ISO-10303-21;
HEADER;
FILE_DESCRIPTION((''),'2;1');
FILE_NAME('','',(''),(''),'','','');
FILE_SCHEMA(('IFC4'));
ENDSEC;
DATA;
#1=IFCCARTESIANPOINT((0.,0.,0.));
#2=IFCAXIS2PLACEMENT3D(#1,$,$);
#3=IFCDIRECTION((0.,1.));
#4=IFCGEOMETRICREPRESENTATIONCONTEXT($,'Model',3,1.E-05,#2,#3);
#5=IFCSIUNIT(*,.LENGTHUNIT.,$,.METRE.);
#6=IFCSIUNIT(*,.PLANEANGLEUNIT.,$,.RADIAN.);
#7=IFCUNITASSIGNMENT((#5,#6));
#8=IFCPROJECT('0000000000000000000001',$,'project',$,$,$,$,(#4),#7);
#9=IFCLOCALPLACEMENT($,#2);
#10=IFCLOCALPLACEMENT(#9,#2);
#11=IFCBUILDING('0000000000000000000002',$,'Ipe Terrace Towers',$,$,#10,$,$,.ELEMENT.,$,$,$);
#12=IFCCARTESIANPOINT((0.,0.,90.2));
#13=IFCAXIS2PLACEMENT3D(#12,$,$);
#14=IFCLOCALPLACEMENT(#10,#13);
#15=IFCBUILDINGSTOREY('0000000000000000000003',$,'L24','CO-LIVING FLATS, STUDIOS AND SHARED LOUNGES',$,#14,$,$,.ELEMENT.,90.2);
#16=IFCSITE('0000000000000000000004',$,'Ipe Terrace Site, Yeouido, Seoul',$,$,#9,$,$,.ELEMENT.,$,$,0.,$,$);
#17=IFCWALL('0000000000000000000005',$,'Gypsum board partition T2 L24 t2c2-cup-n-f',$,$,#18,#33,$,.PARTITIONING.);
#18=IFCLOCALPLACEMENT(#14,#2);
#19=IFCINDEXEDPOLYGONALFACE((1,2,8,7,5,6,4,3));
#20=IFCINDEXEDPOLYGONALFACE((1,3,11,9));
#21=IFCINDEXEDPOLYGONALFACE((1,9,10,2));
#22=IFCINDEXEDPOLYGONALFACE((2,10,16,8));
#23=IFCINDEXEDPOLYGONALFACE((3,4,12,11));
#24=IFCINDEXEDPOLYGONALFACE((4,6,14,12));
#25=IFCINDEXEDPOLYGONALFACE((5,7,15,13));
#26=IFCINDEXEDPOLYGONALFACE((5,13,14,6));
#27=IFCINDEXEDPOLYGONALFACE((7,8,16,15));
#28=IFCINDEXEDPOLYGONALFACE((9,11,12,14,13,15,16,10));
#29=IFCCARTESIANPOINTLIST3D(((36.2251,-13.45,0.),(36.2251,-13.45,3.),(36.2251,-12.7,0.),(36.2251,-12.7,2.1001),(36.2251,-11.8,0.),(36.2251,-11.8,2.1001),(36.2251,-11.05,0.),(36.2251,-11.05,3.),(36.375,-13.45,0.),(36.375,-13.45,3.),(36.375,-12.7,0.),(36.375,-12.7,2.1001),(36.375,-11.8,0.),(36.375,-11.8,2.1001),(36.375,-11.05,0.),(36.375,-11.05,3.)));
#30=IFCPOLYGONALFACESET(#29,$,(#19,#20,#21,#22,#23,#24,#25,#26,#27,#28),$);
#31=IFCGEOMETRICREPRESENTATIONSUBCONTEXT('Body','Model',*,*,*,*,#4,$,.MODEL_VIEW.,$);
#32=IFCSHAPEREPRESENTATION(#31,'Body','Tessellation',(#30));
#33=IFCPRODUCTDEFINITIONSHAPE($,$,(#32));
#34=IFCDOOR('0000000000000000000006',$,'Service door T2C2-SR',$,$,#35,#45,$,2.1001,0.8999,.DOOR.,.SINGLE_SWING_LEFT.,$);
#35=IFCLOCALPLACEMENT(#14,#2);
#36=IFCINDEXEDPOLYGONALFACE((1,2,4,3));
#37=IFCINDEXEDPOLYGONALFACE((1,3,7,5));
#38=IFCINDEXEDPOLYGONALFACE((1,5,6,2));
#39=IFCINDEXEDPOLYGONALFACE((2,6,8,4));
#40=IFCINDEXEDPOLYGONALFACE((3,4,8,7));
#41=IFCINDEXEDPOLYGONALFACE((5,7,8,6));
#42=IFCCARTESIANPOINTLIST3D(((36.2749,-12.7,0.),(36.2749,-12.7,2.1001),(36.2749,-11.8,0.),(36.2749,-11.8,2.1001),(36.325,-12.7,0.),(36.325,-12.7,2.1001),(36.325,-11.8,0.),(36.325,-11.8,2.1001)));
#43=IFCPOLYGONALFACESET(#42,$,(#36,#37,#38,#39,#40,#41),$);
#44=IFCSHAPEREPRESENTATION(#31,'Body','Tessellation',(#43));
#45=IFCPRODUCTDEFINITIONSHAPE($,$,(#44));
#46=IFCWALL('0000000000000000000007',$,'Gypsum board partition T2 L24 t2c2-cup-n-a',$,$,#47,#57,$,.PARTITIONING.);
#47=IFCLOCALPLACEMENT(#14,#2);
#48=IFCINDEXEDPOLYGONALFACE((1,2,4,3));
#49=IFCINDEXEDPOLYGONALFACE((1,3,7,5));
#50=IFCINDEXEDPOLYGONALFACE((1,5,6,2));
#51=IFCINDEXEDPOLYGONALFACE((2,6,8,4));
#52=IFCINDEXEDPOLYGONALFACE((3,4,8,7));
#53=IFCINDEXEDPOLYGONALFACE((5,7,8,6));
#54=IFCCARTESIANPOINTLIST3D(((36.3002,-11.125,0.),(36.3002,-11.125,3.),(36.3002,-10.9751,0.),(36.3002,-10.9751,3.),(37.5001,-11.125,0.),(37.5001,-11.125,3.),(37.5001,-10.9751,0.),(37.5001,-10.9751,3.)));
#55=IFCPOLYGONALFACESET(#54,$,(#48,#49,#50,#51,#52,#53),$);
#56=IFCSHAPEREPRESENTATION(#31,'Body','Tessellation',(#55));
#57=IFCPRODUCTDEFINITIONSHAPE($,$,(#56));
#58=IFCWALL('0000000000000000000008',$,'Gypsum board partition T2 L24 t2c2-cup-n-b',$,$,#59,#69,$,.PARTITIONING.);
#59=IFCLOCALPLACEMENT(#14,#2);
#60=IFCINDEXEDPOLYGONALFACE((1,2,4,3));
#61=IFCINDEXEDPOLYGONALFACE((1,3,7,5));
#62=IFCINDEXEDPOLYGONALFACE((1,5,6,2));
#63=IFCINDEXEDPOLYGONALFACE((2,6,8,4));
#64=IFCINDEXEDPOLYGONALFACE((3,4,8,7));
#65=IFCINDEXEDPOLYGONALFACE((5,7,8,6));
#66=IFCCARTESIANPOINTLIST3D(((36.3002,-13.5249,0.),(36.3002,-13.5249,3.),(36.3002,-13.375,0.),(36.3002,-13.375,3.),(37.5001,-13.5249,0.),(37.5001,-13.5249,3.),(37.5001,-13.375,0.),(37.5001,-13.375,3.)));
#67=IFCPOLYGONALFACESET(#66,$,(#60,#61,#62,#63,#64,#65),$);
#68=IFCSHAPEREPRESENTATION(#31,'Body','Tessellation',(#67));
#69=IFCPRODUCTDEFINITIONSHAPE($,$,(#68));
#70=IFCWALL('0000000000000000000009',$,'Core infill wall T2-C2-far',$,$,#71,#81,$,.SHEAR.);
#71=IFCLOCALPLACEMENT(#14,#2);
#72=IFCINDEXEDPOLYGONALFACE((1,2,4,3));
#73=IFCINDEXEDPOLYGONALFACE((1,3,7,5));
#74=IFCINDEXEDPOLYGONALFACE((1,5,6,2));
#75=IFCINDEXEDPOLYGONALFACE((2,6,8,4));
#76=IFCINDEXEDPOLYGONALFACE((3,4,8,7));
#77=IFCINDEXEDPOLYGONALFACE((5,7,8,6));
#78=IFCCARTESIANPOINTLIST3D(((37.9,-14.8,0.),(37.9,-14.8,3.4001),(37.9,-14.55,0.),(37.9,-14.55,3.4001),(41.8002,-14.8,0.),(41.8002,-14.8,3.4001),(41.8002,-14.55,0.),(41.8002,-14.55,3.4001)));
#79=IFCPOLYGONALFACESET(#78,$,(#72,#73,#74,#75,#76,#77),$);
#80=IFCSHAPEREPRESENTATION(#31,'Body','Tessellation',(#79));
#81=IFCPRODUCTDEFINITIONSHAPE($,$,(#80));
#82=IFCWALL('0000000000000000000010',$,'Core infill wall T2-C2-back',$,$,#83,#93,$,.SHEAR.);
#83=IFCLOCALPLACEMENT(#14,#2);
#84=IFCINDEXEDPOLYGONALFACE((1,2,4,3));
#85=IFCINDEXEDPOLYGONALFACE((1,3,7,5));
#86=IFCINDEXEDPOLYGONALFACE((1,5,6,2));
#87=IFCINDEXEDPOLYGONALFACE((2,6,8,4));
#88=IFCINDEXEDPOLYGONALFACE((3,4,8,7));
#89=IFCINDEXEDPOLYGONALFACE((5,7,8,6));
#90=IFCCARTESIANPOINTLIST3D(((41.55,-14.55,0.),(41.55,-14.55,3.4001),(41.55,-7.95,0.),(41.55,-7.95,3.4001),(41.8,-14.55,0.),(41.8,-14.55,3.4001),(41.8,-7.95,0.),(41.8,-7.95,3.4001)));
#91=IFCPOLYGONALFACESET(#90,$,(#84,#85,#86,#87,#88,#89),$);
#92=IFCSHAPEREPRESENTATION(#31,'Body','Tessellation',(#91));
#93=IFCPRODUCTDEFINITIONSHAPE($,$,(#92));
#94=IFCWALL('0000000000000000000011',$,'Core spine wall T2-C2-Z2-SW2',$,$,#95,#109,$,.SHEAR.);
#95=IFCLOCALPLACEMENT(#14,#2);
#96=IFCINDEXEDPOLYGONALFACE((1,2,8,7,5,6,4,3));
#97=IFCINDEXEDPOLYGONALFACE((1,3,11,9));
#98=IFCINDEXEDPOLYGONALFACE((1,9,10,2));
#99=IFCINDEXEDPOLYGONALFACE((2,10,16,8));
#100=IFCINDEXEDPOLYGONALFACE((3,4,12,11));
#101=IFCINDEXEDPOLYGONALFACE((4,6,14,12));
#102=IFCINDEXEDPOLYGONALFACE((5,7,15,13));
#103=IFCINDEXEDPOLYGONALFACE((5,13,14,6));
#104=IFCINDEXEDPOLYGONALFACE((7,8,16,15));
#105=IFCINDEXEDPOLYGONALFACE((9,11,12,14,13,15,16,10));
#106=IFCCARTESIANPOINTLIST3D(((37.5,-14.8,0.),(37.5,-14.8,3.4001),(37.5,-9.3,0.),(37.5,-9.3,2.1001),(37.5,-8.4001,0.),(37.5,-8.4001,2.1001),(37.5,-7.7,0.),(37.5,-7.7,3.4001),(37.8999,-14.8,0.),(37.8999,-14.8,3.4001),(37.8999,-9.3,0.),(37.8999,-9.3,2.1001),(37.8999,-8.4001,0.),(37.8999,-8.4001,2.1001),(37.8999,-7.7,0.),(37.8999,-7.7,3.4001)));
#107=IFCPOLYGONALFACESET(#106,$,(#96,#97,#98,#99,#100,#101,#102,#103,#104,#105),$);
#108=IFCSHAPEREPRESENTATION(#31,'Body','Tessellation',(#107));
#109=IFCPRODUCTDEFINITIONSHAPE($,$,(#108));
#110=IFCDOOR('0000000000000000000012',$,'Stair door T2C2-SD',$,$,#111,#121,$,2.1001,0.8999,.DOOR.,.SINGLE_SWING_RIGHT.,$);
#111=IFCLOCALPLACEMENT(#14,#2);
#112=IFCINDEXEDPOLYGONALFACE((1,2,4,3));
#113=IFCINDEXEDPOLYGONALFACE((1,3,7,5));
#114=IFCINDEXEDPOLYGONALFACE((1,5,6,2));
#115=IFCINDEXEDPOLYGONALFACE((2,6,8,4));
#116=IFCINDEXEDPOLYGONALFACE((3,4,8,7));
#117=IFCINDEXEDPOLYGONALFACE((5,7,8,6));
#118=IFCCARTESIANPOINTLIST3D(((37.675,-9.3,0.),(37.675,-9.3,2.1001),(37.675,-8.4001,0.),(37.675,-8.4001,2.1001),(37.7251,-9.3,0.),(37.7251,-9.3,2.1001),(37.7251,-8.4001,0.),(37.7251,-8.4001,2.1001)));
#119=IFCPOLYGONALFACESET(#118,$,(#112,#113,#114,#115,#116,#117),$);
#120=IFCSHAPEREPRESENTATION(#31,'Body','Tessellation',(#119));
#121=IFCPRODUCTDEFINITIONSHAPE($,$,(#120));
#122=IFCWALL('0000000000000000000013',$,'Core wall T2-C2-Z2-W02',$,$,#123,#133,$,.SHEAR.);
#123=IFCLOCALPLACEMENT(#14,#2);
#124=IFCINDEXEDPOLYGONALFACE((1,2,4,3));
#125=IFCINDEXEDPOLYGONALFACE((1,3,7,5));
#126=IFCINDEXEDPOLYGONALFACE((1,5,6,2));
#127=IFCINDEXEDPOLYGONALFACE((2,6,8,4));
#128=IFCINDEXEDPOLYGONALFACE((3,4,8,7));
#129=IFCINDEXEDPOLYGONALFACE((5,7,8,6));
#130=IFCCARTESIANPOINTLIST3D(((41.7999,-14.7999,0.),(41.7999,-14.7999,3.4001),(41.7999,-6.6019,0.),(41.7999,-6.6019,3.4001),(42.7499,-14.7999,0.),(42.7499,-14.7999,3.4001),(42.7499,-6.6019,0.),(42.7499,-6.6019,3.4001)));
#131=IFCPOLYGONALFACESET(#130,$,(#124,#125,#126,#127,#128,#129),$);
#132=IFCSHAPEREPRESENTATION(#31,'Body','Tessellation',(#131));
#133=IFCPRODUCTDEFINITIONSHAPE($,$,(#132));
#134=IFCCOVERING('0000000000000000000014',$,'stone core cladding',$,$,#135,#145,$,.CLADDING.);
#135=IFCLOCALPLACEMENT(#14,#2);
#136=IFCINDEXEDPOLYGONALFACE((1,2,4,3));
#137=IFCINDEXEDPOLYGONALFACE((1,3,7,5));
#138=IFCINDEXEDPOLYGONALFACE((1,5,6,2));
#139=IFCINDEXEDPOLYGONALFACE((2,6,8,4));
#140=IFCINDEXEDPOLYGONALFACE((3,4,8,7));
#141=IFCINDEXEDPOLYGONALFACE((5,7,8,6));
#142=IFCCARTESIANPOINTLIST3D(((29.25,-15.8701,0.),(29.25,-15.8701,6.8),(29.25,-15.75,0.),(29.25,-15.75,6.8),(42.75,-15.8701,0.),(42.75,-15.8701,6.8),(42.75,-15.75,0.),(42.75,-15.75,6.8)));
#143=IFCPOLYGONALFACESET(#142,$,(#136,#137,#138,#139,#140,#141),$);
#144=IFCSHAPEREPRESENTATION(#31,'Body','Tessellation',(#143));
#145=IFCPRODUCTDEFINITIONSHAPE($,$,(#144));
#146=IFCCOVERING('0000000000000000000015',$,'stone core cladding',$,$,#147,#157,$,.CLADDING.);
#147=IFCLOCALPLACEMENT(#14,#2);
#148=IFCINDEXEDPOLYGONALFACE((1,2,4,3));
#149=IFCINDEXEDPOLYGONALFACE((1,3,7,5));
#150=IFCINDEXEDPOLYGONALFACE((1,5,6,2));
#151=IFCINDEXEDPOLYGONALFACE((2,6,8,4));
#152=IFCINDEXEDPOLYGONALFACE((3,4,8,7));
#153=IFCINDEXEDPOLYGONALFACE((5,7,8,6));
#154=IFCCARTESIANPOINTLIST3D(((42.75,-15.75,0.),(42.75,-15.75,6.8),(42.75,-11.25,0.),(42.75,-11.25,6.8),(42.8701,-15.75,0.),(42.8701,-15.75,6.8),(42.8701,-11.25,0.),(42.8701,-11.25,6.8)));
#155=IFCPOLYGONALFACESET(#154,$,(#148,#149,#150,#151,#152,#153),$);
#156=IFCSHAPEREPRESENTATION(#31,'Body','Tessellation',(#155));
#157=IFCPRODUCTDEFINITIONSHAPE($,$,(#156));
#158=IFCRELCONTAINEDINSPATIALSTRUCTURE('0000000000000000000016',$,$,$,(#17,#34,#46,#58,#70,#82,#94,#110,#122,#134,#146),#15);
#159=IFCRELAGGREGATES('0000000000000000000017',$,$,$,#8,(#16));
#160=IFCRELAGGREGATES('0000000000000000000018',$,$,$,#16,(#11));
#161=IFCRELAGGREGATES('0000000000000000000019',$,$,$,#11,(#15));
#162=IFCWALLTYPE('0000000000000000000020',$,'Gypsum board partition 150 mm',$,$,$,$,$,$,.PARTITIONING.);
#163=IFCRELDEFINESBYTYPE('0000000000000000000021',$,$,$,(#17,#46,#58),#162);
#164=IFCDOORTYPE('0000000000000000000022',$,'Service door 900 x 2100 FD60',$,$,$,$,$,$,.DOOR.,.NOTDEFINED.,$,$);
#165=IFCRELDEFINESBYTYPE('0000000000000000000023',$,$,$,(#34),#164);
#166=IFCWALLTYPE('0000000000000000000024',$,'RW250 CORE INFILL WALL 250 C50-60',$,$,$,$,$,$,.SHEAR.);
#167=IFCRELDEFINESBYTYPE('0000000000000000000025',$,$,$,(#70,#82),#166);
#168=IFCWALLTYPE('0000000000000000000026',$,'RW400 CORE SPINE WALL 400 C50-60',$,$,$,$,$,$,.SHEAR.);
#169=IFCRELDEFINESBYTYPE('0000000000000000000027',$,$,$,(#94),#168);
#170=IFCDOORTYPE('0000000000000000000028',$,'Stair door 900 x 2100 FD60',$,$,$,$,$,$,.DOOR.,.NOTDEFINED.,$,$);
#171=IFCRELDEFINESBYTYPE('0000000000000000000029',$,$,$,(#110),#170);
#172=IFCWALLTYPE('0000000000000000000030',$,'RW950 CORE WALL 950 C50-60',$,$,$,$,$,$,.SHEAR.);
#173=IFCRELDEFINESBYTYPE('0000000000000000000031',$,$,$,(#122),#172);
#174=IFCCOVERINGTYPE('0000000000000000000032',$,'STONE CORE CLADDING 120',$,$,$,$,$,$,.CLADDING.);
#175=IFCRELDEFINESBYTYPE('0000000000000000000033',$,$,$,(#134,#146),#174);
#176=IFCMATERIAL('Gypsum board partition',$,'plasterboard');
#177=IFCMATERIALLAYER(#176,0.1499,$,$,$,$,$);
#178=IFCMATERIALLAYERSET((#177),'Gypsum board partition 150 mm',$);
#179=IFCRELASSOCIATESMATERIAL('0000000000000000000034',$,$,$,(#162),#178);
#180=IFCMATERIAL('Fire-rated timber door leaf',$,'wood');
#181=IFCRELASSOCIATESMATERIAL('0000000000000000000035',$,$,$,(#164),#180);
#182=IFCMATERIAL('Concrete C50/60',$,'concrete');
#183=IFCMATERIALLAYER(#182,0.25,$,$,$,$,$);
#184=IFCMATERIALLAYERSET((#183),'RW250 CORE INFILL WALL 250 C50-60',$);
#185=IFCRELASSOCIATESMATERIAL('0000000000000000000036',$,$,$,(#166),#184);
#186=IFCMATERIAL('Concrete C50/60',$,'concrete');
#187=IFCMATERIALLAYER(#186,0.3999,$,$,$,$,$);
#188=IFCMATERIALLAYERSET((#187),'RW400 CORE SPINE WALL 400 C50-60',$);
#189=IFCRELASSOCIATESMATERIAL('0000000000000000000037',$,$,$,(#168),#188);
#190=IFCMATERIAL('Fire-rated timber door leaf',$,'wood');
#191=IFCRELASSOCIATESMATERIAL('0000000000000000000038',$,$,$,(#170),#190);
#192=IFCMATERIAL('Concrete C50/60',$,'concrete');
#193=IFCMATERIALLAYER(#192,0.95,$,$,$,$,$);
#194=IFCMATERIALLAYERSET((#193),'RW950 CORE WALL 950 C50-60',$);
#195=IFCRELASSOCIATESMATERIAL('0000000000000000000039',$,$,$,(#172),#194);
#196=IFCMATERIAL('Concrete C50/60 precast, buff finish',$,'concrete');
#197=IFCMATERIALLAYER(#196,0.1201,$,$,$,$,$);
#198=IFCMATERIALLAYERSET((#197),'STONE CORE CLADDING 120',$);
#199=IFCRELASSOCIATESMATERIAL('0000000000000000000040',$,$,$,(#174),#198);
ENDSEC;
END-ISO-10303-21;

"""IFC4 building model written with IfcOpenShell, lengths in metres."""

from ifc_helpers import new_model, si_unit, direction, frame, frame_2d, origin, origin_2d, place, context, subcontext, project, spatial, rectangle, extrude, material, layer, layer_set, type_object, element, fill, save


model = new_model("IFC4")

# Units and contexts
model_context = context("Model", 3, precision=1e-05, world=origin(), true_north=direction((0.0, 1.0)))
body_context = subcontext(model_context, "Body", "Model", "MODEL_VIEW")
ifc_project = project(units=[si_unit("LENGTHUNIT", "METRE"), si_unit("PLANEANGLEUNIT", "RADIAN")], contexts=[model_context])

# Site, building, storey
site_placement = place(None, origin())
site = spatial("IfcSite", under=ifc_project, at=site_placement, Name="Ipe Terrace Site, Yeouido, Seoul", CompositionType="ELEMENT", RefElevation=0.0)
building_placement = place(site_placement, origin())
building = spatial("IfcBuilding", under=site, at=building_placement, Name="Ipe Terrace Towers", CompositionType="ELEMENT")
storey_placement = place(building_placement, frame((0.0, 0.0, 90.2)))
storey = spatial("IfcBuildingStorey", under=building, at=storey_placement, Name="L24", Description="CO-LIVING FLATS, STUDIOS AND SHARED LOUNGES", CompositionType="ELEMENT", Elevation=90.2)

# Wall, opening, door
ifc_material_1 = material(Name="Gypsum board partition", Category="plasterboard")
ifc_layer_1 = layer(ifc_material_1, 0.1499)
ifc_layer_set_1 = layer_set([ifc_layer_1], Name="Gypsum board partition 150 mm")
wall_type_1 = type_object("IfcWallType", Name="Gypsum board partition 150 mm", PredefinedType="PARTITIONING", material=ifc_layer_set_1)
wall_1_placement = place(storey_placement, frame((36.3, -11.05, 0.0), z_axis=(0.0, 0.0, 1.0), x_axis=(0.0, -1.0, 0.0)))
wall_1 = element("IfcWall", 1, at=wall_1_placement, inside=storey, type_object=wall_type_1, Name="Gypsum board partition T2 L24 t2c2-cup-n-f", PredefinedType="PARTITIONING", context=body_context, shape_type="SweptSolid", body=[
    extrude(rectangle(XDim=2.3999, YDim=0.1499, at=frame_2d((1.2, 0.0))), origin(), (0.0, 0.0, 1.0), 3.0),
])
opening_1_placement = place(wall_1_placement, frame((0.75, 0.0, 0.0)))
opening_1 = element("IfcOpeningElement", 2, at=opening_1_placement, cuts=wall_1, PredefinedType="OPENING", context=body_context, shape_type="SweptSolid", body=[
    extrude(rectangle(XDim=0.8999, YDim=2.1001, at=frame_2d((0.45, 1.05))), frame((0.0, 0.085, 0.0), z_axis=(0.0, -1.0, 0.0), x_axis=(1.0, 0.0, 0.0)), (0.0, 0.0, 1.0), 0.1699),
])
ifc_material_2 = material(Name="Fire-rated timber door leaf", Category="wood")
door_type_1 = type_object("IfcDoorType", Name="Service door 900 x 2100 FD60", OperationType="NOTDEFINED", PredefinedType="DOOR", material=ifc_material_2)
door_1_placement = place(opening_1_placement, origin())
door_1 = element("IfcDoor", 3, at=door_1_placement, inside=storey, type_object=door_type_1, Name="Service door T2C2-SR", OperationType="SINGLE_SWING_LEFT", OverallHeight=2.1001, OverallWidth=0.8999, PredefinedType="DOOR", context=body_context, shape_type="SweptSolid", body=[
    extrude(rectangle(XDim=0.8999, YDim=2.1001, at=frame_2d((0.45, 1.05))), frame((0.0, 0.0249, 0.0), z_axis=(0.0, -1.0, 0.0), x_axis=(1.0, 0.0, 0.0)), (0.0, 0.0, 1.0), 0.05),
])
fill(opening_1, door_1)

# Walls
for number, where, z_axis, x_axis, name in (
    (4, (36.3, -11.05, 0.0), (0.0, 0.0, 1.0), (1.0, 0.0, 0.0), "Gypsum board partition T2 L24 t2c2-cup-n-a"),
    (5, (36.3, -13.45, 0.0), (0.0, 0.0, 1.0), (1.0, 0.0, 0.0), "Gypsum board partition T2 L24 t2c2-cup-n-b"),
):
    element("IfcWall", number, at=place(storey_placement, frame(where, z_axis=z_axis, x_axis=x_axis)), inside=storey, type_object=wall_type_1, Name=name, PredefinedType="PARTITIONING", context=body_context, shape_type="SweptSolid", body=[
        extrude(rectangle(XDim=1.2, YDim=0.1499, at=frame_2d((0.6001, 0.0))), origin(), (0.0, 0.0, 1.0), 3.0),
    ])
ifc_material_3 = material(Name="Concrete C50/60", Category="concrete")
ifc_layer_2 = layer(ifc_material_3, 0.25)
ifc_layer_set_2 = layer_set([ifc_layer_2], Name="RW250 CORE INFILL WALL 250 C50-60")
wall_type_2 = type_object("IfcWallType", Name="RW250 CORE INFILL WALL 250 C50-60", PredefinedType="SHEAR", material=ifc_layer_set_2)
wall_2_placement = place(storey_placement, frame((37.8999, -14.675, 0.0), z_axis=(0.0, 0.0, 1.0), x_axis=(1.0, 0.0, 0.0)))
element("IfcWall", 6, at=wall_2_placement, inside=storey, type_object=wall_type_2, Name="Core infill wall T2-C2-far", PredefinedType="SHEAR", context=body_context, shape_type="SweptSolid", body=[
    extrude(rectangle(XDim=3.9001, YDim=0.25, at=frame_2d((1.9502, 0.0))), origin(), (0.0, 0.0, 1.0), 3.4001),
])
wall_3_placement = place(storey_placement, frame((41.675, -7.95, 0.0), z_axis=(0.0, 0.0, 1.0), x_axis=(0.0, -1.0, 0.0)))
element("IfcWall", 7, at=wall_3_placement, inside=storey, type_object=wall_type_2, Name="Core infill wall T2-C2-back", PredefinedType="SHEAR", context=body_context, shape_type="SweptSolid", body=[
    extrude(rectangle(XDim=6.6001, YDim=0.25, at=frame_2d((3.3, 0.0))), origin(), (0.0, 0.0, 1.0), 3.4001),
])

# Wall, opening, door
ifc_material_4 = material(Name="Concrete C50/60", Category="concrete")
ifc_layer_3 = layer(ifc_material_4, 0.3999)
ifc_layer_set_3 = layer_set([ifc_layer_3], Name="RW400 CORE SPINE WALL 400 C50-60")
wall_type_3 = type_object("IfcWallType", Name="RW400 CORE SPINE WALL 400 C50-60", PredefinedType="SHEAR", material=ifc_layer_set_3)
wall_4_placement = place(storey_placement, frame((37.7, -14.8, 0.0), z_axis=(0.0, 0.0, 1.0), x_axis=(0.0, 1.0, 0.0)))
wall_4 = element("IfcWall", 8, at=wall_4_placement, inside=storey, type_object=wall_type_3, Name="Core spine wall T2-C2-Z2-SW2", PredefinedType="SHEAR", context=body_context, shape_type="SweptSolid", body=[
    extrude(rectangle(XDim=7.1001, YDim=0.3999, at=frame_2d((3.55, 0.0))), origin(), (0.0, 0.0, 1.0), 3.4001),
])
opening_2_placement = place(wall_4_placement, frame((5.5, 0.0, 0.0)))
opening_2 = element("IfcOpeningElement", 9, at=opening_2_placement, cuts=wall_4, PredefinedType="OPENING", context=body_context, shape_type="SweptSolid", body=[
    extrude(rectangle(XDim=0.8999, YDim=2.1001, at=frame_2d((0.45, 1.05))), frame((0.0, 0.21, 0.0), z_axis=(0.0, -1.0, 0.0), x_axis=(1.0, 0.0, 0.0)), (0.0, 0.0, 1.0), 0.4199),
])
ifc_material_5 = material(Name="Fire-rated timber door leaf", Category="wood")
door_type_2 = type_object("IfcDoorType", Name="Stair door 900 x 2100 FD60", OperationType="NOTDEFINED", PredefinedType="DOOR", material=ifc_material_5)
door_2_placement = place(opening_2_placement, origin())
door_2 = element("IfcDoor", 10, at=door_2_placement, inside=storey, type_object=door_type_2, Name="Stair door T2C2-SD", OperationType="SINGLE_SWING_RIGHT", OverallHeight=2.1001, OverallWidth=0.8999, PredefinedType="DOOR", context=body_context, shape_type="SweptSolid", body=[
    extrude(rectangle(XDim=0.8999, YDim=2.1001, at=frame_2d((0.45, 1.05))), frame((0.0, 0.0249, 0.0), z_axis=(0.0, -1.0, 0.0), x_axis=(1.0, 0.0, 0.0)), (0.0, 0.0, 1.0), 0.05),
])
fill(opening_2, door_2)

# Wall
ifc_material_6 = material(Name="Concrete C50/60", Category="concrete")
ifc_layer_4 = layer(ifc_material_6, 0.95)
ifc_layer_set_4 = layer_set([ifc_layer_4], Name="RW950 CORE WALL 950 C50-60")
wall_type_4 = type_object("IfcWallType", Name="RW950 CORE WALL 950 C50-60", PredefinedType="SHEAR", material=ifc_layer_set_4)
wall_5_placement = place(storey_placement, frame((42.2749, -14.8, 0.0), z_axis=(0.0, 0.0, 1.0), x_axis=(0.0, 1.0, 0.0)))
element("IfcWall", 11, at=wall_5_placement, inside=storey, type_object=wall_type_4, Name="Core wall T2-C2-Z2-W02", PredefinedType="SHEAR", context=body_context, shape_type="SweptSolid", body=[
    extrude(rectangle(XDim=8.198, YDim=0.95, at=frame_2d((4.0991, 0.0))), origin(), (0.0, 0.0, 1.0), 3.4001),
])

# Coverings
ifc_material_7 = material(Name="Concrete C50/60 precast, buff finish", Category="concrete")
ifc_layer_5 = layer(ifc_material_7, 0.1201)
ifc_layer_set_5 = layer_set([ifc_layer_5], Name="STONE CORE CLADDING 120")
covering_type = type_object("IfcCoveringType", Name="STONE CORE CLADDING 120", PredefinedType="CLADDING", material=ifc_layer_set_5)
covering_1_placement = place(storey_placement, frame((36.0, -15.8101, 0.0), z_axis=(0.0, 0.0, 1.0), x_axis=(1.0, 0.0, 0.0)))
element("IfcCovering", 12, at=covering_1_placement, inside=storey, type_object=covering_type, Name="stone core cladding", PredefinedType="CLADDING", context=body_context, shape_type="SweptSolid", body=[
    extrude(rectangle(XDim=13.5, YDim=0.1201, at=origin_2d()), origin(), (0.0, 0.0, 1.0), 6.8),
])
covering_2_placement = place(storey_placement, frame((42.8101, -13.5, 0.0), z_axis=(0.0, 0.0, 1.0), x_axis=(0.0, 1.0, 0.0)))
element("IfcCovering", 13, at=covering_2_placement, inside=storey, type_object=covering_type, Name="stone core cladding", PredefinedType="CLADDING", context=body_context, shape_type="SweptSolid", body=[
    extrude(rectangle(XDim=4.5, YDim=0.1201, at=origin_2d()), origin(), (0.0, 0.0, 1.0), 6.8),
])

save(model, "model.ifc")
